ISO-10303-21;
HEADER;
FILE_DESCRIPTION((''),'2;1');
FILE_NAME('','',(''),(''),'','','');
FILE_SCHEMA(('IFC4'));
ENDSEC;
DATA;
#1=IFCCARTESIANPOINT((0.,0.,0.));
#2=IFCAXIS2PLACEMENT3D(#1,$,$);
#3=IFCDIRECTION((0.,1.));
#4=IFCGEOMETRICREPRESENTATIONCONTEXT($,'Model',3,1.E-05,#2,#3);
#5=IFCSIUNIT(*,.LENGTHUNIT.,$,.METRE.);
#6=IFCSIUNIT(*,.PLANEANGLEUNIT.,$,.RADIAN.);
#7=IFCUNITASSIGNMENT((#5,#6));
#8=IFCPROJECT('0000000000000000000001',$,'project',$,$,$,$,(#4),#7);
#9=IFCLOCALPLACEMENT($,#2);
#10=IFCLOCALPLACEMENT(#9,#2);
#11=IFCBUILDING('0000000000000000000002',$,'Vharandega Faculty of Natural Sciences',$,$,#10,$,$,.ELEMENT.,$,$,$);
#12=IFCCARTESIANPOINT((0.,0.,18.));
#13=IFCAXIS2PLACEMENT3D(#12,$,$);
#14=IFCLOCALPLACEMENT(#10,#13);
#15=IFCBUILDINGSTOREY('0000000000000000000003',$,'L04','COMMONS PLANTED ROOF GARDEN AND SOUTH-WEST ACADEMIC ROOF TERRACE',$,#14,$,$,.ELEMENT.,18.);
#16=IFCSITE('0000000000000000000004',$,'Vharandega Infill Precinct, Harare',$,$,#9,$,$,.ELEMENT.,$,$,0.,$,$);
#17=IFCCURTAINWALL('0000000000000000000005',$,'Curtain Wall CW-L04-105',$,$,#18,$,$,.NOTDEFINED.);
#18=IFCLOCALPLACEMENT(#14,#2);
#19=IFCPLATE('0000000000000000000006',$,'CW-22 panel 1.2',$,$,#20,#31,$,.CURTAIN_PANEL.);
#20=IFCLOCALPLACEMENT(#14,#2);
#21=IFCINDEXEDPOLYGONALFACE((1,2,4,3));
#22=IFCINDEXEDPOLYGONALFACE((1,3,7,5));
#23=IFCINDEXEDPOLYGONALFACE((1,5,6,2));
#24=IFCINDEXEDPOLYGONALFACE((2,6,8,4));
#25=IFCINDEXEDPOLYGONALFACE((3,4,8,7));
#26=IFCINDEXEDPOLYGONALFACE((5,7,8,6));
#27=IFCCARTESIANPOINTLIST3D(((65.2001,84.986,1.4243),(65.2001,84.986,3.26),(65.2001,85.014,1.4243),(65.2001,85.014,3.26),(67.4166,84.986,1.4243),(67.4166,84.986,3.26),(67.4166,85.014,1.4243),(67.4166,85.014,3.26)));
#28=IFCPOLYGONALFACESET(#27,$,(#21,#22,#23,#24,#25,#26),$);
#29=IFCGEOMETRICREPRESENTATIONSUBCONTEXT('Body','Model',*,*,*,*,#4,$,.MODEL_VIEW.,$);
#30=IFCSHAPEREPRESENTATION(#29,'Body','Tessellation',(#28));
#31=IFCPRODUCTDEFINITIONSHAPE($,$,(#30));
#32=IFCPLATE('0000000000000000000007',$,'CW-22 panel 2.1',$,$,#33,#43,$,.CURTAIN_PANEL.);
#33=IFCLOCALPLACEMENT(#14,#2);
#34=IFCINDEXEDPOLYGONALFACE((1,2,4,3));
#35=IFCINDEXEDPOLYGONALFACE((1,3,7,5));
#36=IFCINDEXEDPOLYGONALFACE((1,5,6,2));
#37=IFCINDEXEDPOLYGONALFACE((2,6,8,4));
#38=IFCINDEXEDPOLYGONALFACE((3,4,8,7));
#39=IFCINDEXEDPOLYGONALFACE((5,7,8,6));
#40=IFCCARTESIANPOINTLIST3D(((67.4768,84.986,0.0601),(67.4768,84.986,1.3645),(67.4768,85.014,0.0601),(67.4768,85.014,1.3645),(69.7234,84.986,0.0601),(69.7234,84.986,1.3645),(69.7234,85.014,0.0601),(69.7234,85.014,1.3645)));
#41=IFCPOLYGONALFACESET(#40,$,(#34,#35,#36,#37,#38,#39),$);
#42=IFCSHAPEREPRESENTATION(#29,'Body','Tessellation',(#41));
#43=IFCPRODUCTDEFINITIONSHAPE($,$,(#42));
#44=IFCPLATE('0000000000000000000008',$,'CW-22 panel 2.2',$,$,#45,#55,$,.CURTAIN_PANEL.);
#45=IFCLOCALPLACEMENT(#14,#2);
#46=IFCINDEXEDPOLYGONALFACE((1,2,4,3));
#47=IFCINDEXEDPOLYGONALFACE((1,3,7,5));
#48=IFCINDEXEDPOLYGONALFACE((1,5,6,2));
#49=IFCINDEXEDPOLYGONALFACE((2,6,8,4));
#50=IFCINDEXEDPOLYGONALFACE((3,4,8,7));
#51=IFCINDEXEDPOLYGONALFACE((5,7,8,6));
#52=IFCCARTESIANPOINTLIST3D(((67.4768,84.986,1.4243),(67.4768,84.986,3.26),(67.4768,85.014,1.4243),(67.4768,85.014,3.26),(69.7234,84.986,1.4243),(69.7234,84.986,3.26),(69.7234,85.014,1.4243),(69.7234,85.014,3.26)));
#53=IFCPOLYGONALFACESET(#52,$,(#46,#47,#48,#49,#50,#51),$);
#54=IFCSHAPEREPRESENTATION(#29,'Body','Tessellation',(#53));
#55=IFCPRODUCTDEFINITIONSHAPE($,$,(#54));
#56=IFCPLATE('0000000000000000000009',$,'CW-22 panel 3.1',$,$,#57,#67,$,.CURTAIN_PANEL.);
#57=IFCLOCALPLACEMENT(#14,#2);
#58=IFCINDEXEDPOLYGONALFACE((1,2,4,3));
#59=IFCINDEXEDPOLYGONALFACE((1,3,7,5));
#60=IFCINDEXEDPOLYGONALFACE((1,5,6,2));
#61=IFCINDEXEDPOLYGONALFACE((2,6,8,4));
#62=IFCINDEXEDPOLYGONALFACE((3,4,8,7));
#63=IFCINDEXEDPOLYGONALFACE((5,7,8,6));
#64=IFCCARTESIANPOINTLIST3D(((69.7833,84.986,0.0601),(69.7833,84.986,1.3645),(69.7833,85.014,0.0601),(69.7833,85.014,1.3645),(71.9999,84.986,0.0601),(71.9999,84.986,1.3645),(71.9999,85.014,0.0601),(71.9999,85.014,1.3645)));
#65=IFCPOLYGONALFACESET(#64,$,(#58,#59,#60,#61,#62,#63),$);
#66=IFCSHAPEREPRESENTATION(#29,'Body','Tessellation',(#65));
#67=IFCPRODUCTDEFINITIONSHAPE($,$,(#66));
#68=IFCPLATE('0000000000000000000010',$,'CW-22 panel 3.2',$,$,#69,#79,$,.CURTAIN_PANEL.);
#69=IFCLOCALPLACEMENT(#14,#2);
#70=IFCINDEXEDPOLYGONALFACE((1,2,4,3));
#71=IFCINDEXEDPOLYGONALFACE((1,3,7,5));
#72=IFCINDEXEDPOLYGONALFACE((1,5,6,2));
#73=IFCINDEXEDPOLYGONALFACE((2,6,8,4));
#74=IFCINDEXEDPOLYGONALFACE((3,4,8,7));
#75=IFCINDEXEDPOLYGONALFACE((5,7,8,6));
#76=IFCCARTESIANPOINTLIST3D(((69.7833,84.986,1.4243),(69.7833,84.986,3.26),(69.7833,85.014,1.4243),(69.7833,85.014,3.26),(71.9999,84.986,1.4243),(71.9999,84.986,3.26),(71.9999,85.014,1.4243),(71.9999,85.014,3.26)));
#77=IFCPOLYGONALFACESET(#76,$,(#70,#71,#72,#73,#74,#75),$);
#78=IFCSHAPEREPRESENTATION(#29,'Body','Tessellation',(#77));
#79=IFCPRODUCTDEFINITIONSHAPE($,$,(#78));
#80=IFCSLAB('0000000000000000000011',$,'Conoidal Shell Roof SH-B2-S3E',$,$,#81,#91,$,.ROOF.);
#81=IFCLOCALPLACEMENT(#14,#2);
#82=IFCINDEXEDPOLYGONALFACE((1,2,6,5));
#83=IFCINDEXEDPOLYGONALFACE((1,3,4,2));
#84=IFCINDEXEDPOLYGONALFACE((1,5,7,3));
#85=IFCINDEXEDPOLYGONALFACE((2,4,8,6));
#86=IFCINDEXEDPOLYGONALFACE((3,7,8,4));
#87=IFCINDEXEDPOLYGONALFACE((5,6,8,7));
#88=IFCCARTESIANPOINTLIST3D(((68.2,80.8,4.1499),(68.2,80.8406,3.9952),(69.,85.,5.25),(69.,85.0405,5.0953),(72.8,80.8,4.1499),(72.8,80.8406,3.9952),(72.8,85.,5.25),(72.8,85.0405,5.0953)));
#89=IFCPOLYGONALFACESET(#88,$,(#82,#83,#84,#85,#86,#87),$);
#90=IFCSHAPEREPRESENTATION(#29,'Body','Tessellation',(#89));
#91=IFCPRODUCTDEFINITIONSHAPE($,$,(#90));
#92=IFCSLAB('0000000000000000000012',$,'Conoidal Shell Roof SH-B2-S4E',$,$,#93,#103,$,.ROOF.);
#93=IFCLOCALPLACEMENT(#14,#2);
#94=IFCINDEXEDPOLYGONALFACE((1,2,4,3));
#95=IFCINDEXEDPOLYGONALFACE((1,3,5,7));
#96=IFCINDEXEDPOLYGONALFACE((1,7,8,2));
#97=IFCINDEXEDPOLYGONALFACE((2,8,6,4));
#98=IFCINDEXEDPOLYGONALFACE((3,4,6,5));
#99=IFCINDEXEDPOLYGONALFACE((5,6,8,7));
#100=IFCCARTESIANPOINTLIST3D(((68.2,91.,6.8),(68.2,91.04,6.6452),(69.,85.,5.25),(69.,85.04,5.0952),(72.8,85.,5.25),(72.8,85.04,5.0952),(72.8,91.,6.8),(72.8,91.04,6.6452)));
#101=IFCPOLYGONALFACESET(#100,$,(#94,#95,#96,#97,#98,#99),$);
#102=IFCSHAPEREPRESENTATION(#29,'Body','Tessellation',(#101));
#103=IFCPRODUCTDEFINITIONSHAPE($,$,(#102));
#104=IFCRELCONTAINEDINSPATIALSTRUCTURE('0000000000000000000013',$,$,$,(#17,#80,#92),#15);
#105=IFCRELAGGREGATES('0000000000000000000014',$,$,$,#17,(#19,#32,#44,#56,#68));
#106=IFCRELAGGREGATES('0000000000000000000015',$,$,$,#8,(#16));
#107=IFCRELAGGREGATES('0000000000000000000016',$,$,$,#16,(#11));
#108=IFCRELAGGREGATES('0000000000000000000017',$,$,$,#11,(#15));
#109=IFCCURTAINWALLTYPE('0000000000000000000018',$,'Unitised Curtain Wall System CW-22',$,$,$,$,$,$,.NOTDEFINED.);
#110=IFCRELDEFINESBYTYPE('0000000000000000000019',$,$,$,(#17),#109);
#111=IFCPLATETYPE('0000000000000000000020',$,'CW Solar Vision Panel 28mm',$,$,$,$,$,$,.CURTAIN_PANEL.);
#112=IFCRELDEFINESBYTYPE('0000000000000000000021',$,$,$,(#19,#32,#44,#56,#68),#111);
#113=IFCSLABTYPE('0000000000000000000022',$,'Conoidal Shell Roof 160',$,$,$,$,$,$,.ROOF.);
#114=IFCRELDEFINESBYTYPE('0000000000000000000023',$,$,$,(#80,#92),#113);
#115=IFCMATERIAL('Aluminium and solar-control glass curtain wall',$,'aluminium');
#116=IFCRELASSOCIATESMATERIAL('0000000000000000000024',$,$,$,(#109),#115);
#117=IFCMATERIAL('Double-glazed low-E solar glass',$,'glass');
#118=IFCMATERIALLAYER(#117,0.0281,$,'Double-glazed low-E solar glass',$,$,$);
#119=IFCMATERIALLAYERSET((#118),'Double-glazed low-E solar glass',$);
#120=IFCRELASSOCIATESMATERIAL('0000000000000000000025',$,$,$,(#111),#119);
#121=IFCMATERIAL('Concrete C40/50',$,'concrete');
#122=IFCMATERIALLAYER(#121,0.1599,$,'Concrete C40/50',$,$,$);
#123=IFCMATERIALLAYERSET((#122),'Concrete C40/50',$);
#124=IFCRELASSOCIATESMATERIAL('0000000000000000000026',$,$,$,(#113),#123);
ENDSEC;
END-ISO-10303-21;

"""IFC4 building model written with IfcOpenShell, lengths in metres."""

from ifc_helpers import new_model, si_unit, direction, frame, origin, origin_2d, place, context, subcontext, project, spatial, polyline, rectangle, outline, extrude, material, layer, layer_set, type_object, element, aggregate, save


model = new_model("IFC4")

# Units and contexts
model_context = context("Model", 3, precision=1e-05, world=origin(), true_north=direction((0.0, 1.0)))
body_context = subcontext(model_context, "Body", "Model", "MODEL_VIEW")
ifc_project = project(units=[si_unit("LENGTHUNIT", "METRE"), si_unit("PLANEANGLEUNIT", "RADIAN")], contexts=[model_context])

# Site, building, storey
site_placement = place(None, origin())
site = spatial("IfcSite", under=ifc_project, at=site_placement, Name="Vharandega Infill Precinct, Harare", CompositionType="ELEMENT", RefElevation=0.0)
building_placement = place(site_placement, origin())
building = spatial("IfcBuilding", under=site, at=building_placement, Name="Vharandega Faculty of Natural Sciences", CompositionType="ELEMENT")
storey_placement = place(building_placement, frame((0.0, 0.0, 18.0)))
storey = spatial("IfcBuildingStorey", under=building, at=storey_placement, Name="L04", Description="COMMONS PLANTED ROOF GARDEN AND SOUTH-WEST ACADEMIC ROOF TERRACE", CompositionType="ELEMENT", Elevation=18.0)

# Curtain wall, plates
ifc_material_1 = material(Name="Aluminium and solar-control glass curtain wall", Category="aluminium")
curtain_wall_type = type_object("IfcCurtainWallType", Name="Unitised Curtain Wall System CW-22", PredefinedType="NOTDEFINED", material=ifc_material_1)
curtain_wall_placement = place(storey_placement, origin())
curtain_wall = element("IfcCurtainWall", 1, at=curtain_wall_placement, inside=storey, type_object=curtain_wall_type, Name="Curtain Wall CW-L04-105", PredefinedType="NOTDEFINED")
ifc_material_2 = material(Name="Double-glazed low-E solar glass", Category="glass")
ifc_layer_1 = layer(ifc_material_2, 0.0281, Name="Double-glazed low-E solar glass")
ifc_layer_set_1 = layer_set([ifc_layer_1], Name="Double-glazed low-E solar glass")
plate_type = type_object("IfcPlateType", Name="CW Solar Vision Panel 28mm", PredefinedType="CURTAIN_PANEL", material=ifc_layer_set_1)
plate_1_placement = place(storey_placement, frame((66.3083, 85.0, 1.4243), z_axis=(0.0, 0.0, 1.0), x_axis=(1.0, 0.0, 0.0)))
plate_1 = element("IfcPlate", 2, at=plate_1_placement, type_object=plate_type, Name="CW-22 panel 1.2", PredefinedType="CURTAIN_PANEL", context=body_context, shape_type="SweptSolid", body=[
    extrude(rectangle(XDim=2.2166, YDim=0.0281, at=origin_2d()), origin(), (0.0, 0.0, 1.0), 1.8357),
])
plate_2_placement = place(storey_placement, frame((68.6001, 85.0, 0.0601), z_axis=(0.0, 0.0, 1.0), x_axis=(1.0, 0.0, 0.0)))
plate_2 = element("IfcPlate", 3, at=plate_2_placement, type_object=plate_type, Name="CW-22 panel 2.1", PredefinedType="CURTAIN_PANEL", context=body_context, shape_type="SweptSolid", body=[
    extrude(rectangle(XDim=2.2466, YDim=0.0281, at=origin_2d()), origin(), (0.0, 0.0, 1.0), 1.3044),
])
plate_3_placement = place(storey_placement, frame((68.6001, 85.0, 1.4243), z_axis=(0.0, 0.0, 1.0), x_axis=(1.0, 0.0, 0.0)))
plate_3 = element("IfcPlate", 4, at=plate_3_placement, type_object=plate_type, Name="CW-22 panel 2.2", PredefinedType="CURTAIN_PANEL", context=body_context, shape_type="SweptSolid", body=[
    extrude(rectangle(XDim=2.2466, YDim=0.0281, at=origin_2d()), origin(), (0.0, 0.0, 1.0), 1.8357),
])
plate_4_placement = place(storey_placement, frame((70.8916, 85.0, 0.0601), z_axis=(0.0, 0.0, 1.0), x_axis=(1.0, 0.0, 0.0)))
plate_4 = element("IfcPlate", 5, at=plate_4_placement, type_object=plate_type, Name="CW-22 panel 3.1", PredefinedType="CURTAIN_PANEL", context=body_context, shape_type="SweptSolid", body=[
    extrude(rectangle(XDim=2.2166, YDim=0.0281, at=origin_2d()), origin(), (0.0, 0.0, 1.0), 1.3044),
])
plate_5_placement = place(storey_placement, frame((70.8916, 85.0, 1.4243), z_axis=(0.0, 0.0, 1.0), x_axis=(1.0, 0.0, 0.0)))
plate_5 = element("IfcPlate", 6, at=plate_5_placement, type_object=plate_type, Name="CW-22 panel 3.2", PredefinedType="CURTAIN_PANEL", context=body_context, shape_type="SweptSolid", body=[
    extrude(rectangle(XDim=2.2166, YDim=0.0281, at=origin_2d()), origin(), (0.0, 0.0, 1.0), 1.8357),
])
aggregate(curtain_wall, [plate_1, plate_2, plate_3, plate_4, plate_5])

# Slabs
ifc_material_3 = material(Name="Concrete C40/50", Category="concrete")
ifc_layer_2 = layer(ifc_material_3, 0.1599, Name="Concrete C40/50")
ifc_layer_set_2 = layer_set([ifc_layer_2], Name="Concrete C40/50")
slab_type = type_object("IfcSlabType", Name="Conoidal Shell Roof 160", PredefinedType="ROOF", material=ifc_layer_set_2)
slab_1_placement = place(storey_placement, frame((68.2, 80.8, 4.1499), z_axis=(0.0, -0.253383, 0.967366), x_axis=(1.0, 0.0, 0.0)))
element("IfcSlab", 7, at=slab_1_placement, inside=storey, type_object=slab_type, Name="Conoidal Shell Roof SH-B2-S3E", PredefinedType="ROOF", context=body_context, shape_type="SweptSolid", body=[
    extrude(outline(polyline([(0.0, 0.0), (4.6001, 0.0), (4.6001, 4.3416), (0.8, 4.3416), (0.0, 0.0)])), origin(), (0.0, 0.0, -1.0), 0.1599),
])
slab_2_placement = place(storey_placement, frame((69.0, 85.0, 5.25), z_axis=(0.0, -0.250129, 0.968212), x_axis=(1.0, 0.0, 0.0)))
element("IfcSlab", 8, at=slab_2_placement, inside=storey, type_object=slab_type, Name="Conoidal Shell Roof SH-B2-S4E", PredefinedType="ROOF", context=body_context, shape_type="SweptSolid", body=[
    extrude(outline(polyline([(0.0, 0.0), (3.8, 0.0), (3.8, 6.197), (-0.8, 6.197), (0.0, 0.0)])), origin(), (0.0, 0.0, -1.0), 0.1599),
])

save(model, "model.ifc")
